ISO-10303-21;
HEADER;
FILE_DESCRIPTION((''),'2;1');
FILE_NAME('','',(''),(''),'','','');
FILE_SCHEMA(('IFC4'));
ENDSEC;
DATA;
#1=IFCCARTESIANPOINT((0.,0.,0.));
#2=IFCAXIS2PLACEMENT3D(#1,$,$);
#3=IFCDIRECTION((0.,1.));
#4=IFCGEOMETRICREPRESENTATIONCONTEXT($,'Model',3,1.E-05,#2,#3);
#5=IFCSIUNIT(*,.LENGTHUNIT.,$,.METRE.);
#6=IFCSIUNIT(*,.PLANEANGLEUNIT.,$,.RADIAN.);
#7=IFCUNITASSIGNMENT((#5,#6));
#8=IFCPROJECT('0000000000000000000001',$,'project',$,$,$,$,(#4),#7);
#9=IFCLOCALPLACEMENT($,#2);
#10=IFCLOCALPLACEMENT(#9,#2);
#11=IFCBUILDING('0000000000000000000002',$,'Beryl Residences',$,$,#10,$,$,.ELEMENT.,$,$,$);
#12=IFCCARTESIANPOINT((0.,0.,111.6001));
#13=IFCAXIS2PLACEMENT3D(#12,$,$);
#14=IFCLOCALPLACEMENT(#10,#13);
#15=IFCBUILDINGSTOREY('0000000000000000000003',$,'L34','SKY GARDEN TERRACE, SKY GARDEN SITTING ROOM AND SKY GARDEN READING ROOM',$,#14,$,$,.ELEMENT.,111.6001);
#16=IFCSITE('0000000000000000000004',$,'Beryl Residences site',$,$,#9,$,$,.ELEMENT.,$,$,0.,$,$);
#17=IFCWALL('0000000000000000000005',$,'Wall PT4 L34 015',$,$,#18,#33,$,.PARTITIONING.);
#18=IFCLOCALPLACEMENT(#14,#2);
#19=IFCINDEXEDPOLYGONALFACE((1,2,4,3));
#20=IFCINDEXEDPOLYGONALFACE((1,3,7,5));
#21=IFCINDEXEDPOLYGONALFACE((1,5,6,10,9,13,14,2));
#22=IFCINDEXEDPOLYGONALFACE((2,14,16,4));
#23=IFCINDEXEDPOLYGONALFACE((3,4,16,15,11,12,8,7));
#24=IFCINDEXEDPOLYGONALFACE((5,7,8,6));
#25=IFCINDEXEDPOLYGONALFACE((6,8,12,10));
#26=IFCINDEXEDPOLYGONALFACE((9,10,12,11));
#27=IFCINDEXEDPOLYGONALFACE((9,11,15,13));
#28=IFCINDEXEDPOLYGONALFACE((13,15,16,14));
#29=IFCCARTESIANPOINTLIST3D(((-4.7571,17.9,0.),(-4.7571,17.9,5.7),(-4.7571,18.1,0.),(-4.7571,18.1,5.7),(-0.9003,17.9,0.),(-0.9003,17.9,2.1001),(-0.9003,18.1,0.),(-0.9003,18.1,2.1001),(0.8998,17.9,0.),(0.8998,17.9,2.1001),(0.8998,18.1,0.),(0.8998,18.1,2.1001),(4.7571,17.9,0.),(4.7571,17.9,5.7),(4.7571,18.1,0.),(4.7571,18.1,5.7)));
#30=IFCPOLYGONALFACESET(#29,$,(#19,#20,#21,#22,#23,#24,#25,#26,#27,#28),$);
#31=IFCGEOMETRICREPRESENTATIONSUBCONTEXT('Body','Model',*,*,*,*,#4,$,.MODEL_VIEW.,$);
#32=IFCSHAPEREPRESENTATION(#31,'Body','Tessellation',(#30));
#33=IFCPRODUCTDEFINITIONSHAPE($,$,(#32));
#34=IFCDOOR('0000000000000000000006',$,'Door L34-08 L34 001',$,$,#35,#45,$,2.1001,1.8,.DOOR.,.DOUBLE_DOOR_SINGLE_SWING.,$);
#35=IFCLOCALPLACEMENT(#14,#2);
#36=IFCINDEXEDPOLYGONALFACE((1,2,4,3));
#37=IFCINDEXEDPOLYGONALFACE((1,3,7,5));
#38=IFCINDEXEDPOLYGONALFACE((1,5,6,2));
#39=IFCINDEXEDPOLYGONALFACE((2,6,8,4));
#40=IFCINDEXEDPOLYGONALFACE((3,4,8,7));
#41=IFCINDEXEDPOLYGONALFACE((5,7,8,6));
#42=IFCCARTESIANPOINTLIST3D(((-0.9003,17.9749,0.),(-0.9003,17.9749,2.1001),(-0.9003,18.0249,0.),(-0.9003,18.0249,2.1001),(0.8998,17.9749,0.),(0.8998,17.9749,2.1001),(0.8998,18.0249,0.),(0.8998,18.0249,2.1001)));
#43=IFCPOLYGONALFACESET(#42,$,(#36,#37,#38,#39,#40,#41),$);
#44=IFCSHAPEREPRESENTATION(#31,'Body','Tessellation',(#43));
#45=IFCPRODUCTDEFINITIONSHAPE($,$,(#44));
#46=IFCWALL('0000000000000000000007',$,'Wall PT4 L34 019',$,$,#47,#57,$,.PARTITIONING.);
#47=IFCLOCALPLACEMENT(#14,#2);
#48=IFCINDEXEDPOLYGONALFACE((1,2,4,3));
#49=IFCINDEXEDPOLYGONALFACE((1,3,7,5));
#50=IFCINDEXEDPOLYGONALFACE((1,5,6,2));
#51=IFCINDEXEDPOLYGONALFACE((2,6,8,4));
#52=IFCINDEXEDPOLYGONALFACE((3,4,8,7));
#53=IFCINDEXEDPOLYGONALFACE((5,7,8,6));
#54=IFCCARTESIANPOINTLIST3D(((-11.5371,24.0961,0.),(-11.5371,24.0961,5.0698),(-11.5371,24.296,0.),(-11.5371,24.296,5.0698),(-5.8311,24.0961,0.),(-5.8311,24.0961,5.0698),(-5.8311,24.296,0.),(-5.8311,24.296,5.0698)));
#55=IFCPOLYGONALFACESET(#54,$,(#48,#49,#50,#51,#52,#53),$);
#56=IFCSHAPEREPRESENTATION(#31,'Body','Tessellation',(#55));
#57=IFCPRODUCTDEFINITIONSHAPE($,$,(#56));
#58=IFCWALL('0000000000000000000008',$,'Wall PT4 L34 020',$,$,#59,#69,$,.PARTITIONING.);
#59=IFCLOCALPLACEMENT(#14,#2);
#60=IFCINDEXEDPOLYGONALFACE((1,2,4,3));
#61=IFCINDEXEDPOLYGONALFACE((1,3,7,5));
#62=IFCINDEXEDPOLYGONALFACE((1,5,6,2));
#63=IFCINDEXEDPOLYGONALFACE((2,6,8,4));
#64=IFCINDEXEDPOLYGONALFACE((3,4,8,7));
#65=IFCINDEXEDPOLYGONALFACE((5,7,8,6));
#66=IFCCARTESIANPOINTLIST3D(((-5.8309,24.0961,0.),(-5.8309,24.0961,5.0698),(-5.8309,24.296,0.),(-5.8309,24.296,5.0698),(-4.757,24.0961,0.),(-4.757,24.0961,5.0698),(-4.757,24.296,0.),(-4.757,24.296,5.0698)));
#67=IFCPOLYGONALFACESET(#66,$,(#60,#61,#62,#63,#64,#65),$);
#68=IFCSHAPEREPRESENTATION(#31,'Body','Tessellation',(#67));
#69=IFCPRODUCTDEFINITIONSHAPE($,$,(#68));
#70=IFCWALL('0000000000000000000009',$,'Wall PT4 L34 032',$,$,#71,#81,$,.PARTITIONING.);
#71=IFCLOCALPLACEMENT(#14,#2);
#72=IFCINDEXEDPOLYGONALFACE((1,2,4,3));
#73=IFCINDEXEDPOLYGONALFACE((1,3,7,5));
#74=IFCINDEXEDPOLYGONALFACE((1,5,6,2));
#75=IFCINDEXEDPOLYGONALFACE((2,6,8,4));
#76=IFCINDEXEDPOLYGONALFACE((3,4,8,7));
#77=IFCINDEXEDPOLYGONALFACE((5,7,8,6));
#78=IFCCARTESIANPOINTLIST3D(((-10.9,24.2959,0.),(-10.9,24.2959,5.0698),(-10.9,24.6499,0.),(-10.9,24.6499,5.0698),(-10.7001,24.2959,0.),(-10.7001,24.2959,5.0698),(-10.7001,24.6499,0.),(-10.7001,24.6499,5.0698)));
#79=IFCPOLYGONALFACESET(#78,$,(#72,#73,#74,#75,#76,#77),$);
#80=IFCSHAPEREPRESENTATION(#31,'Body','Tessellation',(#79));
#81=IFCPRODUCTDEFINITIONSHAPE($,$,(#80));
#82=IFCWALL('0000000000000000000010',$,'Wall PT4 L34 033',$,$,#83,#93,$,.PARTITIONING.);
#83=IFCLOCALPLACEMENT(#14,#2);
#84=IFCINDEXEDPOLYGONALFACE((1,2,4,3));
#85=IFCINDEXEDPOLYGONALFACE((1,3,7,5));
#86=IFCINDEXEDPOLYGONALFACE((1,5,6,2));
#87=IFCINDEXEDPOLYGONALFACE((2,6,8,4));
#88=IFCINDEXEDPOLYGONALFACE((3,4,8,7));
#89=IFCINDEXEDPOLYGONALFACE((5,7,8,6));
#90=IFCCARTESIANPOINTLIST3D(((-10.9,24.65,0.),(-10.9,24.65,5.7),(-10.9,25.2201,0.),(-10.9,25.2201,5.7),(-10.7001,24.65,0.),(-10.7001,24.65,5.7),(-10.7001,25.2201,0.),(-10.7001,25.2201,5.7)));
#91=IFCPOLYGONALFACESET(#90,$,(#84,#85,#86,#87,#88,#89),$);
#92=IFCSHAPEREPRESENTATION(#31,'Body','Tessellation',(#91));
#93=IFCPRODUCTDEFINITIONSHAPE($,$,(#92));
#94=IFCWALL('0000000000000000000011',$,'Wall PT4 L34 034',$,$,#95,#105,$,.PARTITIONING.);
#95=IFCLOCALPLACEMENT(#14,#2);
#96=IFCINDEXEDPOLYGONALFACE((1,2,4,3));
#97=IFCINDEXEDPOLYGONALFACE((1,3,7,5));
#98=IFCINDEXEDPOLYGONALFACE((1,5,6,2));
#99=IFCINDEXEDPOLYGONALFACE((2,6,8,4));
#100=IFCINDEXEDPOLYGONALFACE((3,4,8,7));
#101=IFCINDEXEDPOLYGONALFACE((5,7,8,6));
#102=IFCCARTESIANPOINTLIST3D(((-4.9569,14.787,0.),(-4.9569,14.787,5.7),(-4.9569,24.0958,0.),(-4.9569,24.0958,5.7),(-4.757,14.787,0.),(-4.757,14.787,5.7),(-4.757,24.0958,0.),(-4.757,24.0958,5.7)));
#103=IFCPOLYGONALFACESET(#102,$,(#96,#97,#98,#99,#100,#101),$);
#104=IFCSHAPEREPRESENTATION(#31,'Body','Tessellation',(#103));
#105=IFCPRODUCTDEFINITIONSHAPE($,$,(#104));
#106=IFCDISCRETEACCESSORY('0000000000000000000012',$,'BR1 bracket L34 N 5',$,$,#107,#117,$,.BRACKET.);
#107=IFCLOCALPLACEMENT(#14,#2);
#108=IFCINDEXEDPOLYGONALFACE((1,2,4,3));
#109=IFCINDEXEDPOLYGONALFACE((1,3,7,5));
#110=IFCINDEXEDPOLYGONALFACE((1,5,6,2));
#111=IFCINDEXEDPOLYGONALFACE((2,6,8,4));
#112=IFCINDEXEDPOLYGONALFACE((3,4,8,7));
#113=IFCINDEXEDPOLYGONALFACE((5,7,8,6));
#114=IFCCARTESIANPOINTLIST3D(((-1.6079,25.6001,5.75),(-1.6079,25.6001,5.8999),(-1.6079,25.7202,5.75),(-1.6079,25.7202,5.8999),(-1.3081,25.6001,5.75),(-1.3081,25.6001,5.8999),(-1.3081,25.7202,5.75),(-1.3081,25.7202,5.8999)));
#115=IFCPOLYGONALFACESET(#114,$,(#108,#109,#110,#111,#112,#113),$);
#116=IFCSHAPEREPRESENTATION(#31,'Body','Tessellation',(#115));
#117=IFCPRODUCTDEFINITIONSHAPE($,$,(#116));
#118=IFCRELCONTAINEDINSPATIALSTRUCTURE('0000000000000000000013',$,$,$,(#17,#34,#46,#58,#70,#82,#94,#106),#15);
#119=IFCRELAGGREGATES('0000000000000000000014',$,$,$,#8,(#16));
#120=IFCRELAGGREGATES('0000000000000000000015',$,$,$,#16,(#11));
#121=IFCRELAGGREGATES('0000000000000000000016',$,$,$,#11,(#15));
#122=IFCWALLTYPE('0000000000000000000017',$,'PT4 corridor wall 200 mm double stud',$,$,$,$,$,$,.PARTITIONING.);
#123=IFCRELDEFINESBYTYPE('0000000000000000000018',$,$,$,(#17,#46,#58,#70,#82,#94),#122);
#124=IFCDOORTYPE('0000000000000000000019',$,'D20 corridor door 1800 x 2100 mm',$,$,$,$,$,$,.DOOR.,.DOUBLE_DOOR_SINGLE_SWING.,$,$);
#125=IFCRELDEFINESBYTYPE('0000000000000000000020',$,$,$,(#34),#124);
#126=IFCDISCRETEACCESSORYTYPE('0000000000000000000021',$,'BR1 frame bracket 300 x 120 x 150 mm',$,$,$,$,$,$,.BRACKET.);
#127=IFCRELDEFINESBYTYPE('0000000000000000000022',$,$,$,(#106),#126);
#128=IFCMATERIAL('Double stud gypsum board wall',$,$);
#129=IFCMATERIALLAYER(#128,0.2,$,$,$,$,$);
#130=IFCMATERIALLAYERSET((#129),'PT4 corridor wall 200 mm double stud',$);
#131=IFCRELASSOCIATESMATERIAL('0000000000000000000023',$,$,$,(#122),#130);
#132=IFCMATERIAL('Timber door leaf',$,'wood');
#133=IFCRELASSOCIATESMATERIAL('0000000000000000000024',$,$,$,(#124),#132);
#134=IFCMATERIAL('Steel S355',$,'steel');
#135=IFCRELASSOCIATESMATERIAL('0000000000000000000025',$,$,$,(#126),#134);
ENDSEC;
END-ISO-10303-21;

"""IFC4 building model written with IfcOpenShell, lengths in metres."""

from ifc_helpers import new_model, si_unit, direction, frame, frame_2d, origin, place, context, subcontext, project, spatial, polyline, rectangle, outline, extrude, source, transform, mapped, material, layer, layer_set, type_object, type_shapes, element, fill, save


model = new_model("IFC4")

# Units and contexts
model_context = context("Model", 3, precision=1e-05, world=origin(), true_north=direction((0.0, 1.0)))
body_context = subcontext(model_context, "Body", "Model", "MODEL_VIEW")
ifc_project = project(units=[si_unit("LENGTHUNIT", "METRE"), si_unit("PLANEANGLEUNIT", "RADIAN")], contexts=[model_context])

# Site, building, storey
site_placement = place(None, origin())
site = spatial("IfcSite", under=ifc_project, at=site_placement, Name="Beryl Residences site", CompositionType="ELEMENT", RefElevation=0.0)
building_placement = place(site_placement, origin())
building = spatial("IfcBuilding", under=site, at=building_placement, Name="Beryl Residences", CompositionType="ELEMENT")
storey_placement = place(building_placement, frame((0.0, 0.0, 111.6001)))
storey = spatial("IfcBuildingStorey", under=building, at=storey_placement, Name="L34", Description="SKY GARDEN TERRACE, SKY GARDEN SITTING ROOM AND SKY GARDEN READING ROOM", CompositionType="ELEMENT", Elevation=111.6001)

# Wall, opening, door
ifc_material_1 = material(Name="Double stud gypsum board wall")
ifc_layer_1 = layer(ifc_material_1, 0.2)
ifc_layer_set_1 = layer_set([ifc_layer_1], Name="PT4 corridor wall 200 mm double stud")
wall_type_1 = type_object("IfcWallType", Name="PT4 corridor wall 200 mm double stud", PredefinedType="PARTITIONING", material=ifc_layer_set_1)
wall_1_placement = place(storey_placement, frame((-4.7571, 18.0, 0.0), z_axis=(0.0, 0.0, 1.0), x_axis=(1.0, 0.0, 0.0)))
wall_1 = element("IfcWall", 1, at=wall_1_placement, inside=storey, type_object=wall_type_1, Name="Wall PT4 L34 015", PredefinedType="PARTITIONING", context=body_context, shape_type="SweptSolid", body=[
    extrude(rectangle(XDim=9.5142, YDim=0.2, at=frame_2d((4.7571, 0.0))), origin(), (0.0, 0.0, 1.0), 5.7),
])
opening_placement = place(wall_1_placement, frame((3.8569, 0.0, 0.0)))
opening = element("IfcOpeningElement", 2, at=opening_placement, cuts=wall_1, PredefinedType="OPENING", context=body_context, shape_type="SweptSolid", body=[
    extrude(rectangle(XDim=1.8, YDim=2.1001, at=frame_2d((0.8999, 1.05))), frame((0.0, 0.1099, 0.0), z_axis=(0.0, -1.0, 0.0), x_axis=(1.0, 0.0, 0.0)), (0.0, 0.0, 1.0), 0.22),
])
ifc_material_2 = material(Name="Timber door leaf", Category="wood")
door_type = type_object("IfcDoorType", Name="D20 corridor door 1800 x 2100 mm", OperationType="DOUBLE_DOOR_SINGLE_SWING", PredefinedType="DOOR", material=ifc_material_2)
door_placement = place(opening_placement, origin())
door = element("IfcDoor", 3, at=door_placement, inside=storey, type_object=door_type, Name="Door L34-08 L34 001", OperationType="DOUBLE_DOOR_SINGLE_SWING", OverallHeight=2.1001, OverallWidth=1.8, PredefinedType="DOOR", context=body_context, shape_type="SweptSolid", body=[
    extrude(rectangle(XDim=1.8, YDim=2.1001, at=frame_2d((0.8999, 1.05))), frame((0.0, 0.0249, 0.0), z_axis=(0.0, -1.0, 0.0), x_axis=(1.0, 0.0, 0.0)), (0.0, 0.0, 1.0), 0.05),
])
fill(opening, door)

# Walls
wall_2_placement = place(storey_placement, frame((-11.5371, 24.196, 0.0), z_axis=(0.0, 0.0, 1.0), x_axis=(1.0, 0.0, 0.0)))
element("IfcWall", 4, at=wall_2_placement, inside=storey, type_object=wall_type_1, Name="Wall PT4 L34 019", PredefinedType="PARTITIONING", context=body_context, shape_type="SweptSolid", body=[
    extrude(rectangle(XDim=5.7061, YDim=0.2, at=frame_2d((2.853, 0.0))), origin(), (0.0, 0.0, 1.0), 5.0698),
])
wall_3_placement = place(storey_placement, frame((-5.8311, 24.196, 0.0), z_axis=(0.0, 0.0, 1.0), x_axis=(1.0, 0.0, 0.0)))
element("IfcWall", 5, at=wall_3_placement, inside=storey, type_object=wall_type_1, Name="Wall PT4 L34 020", PredefinedType="PARTITIONING", context=body_context, shape_type="SweptSolid", body=[
    extrude(rectangle(XDim=1.074, YDim=0.2, at=frame_2d((0.5371, 0.0))), origin(), (0.0, 0.0, 1.0), 5.0698),
])
wall_4_placement = place(storey_placement, frame((-10.8, 24.2959, 0.0), z_axis=(0.0, 0.0, 1.0), x_axis=(0.0, 1.0, 0.0)))
element("IfcWall", 6, at=wall_4_placement, inside=storey, type_object=wall_type_1, Name="Wall PT4 L34 032", PredefinedType="PARTITIONING", context=body_context, shape_type="SweptSolid", body=[
    extrude(rectangle(XDim=0.354, YDim=0.2, at=frame_2d((0.177, 0.0))), origin(), (0.0, 0.0, 1.0), 5.0698),
])
wall_5_placement = place(storey_placement, frame((-10.8, 24.6499, 0.0), z_axis=(0.0, 0.0, 1.0), x_axis=(0.0, 1.0, 0.0)))
element("IfcWall", 7, at=wall_5_placement, inside=storey, type_object=wall_type_1, Name="Wall PT4 L34 033", PredefinedType="PARTITIONING", context=body_context, shape_type="SweptSolid", body=[
    extrude(rectangle(XDim=0.5701, YDim=0.2, at=frame_2d((0.2852, 0.0))), origin(), (0.0, 0.0, 1.0), 5.7),
])
wall_6_placement = place(storey_placement, frame((-4.8569, 14.7871, 0.0), z_axis=(0.0, 0.0, 1.0), x_axis=(0.0, 1.0, 0.0)))
element("IfcWall", 8, at=wall_6_placement, inside=storey, type_object=wall_type_1, Name="Wall PT4 L34 034", PredefinedType="PARTITIONING", context=body_context, shape_type="SweptSolid", body=[
    extrude(rectangle(XDim=9.3088, YDim=0.2, at=frame_2d((4.6543, 0.0))), origin(), (0.0, 0.0, 1.0), 5.7),
])

# Discrete accessory
ifc_material_3 = material(Name="Steel S355", Category="steel")
discrete_accessory_type = type_object("IfcDiscreteAccessoryType", Name="BR1 frame bracket 300 x 120 x 150 mm", PredefinedType="BRACKET", material=ifc_material_3)
shared_shape_1 = source(origin(), body_context, "Body", "SweptSolid", [
    extrude(outline(polyline([(-0.1499, 0.0), (0.1499, 0.0), (0.1499, 0.1201), (-0.1499, 0.1201), (-0.1499, 0.0)])), origin(), (0.0, 0.0, 1.0), 0.1499),
])
type_shapes(discrete_accessory_type, [shared_shape_1])
discrete_accessory_placement = place(storey_placement, frame((-1.458, 25.6001, 5.75), z_axis=(0.0, 0.0, 1.0), x_axis=(1.0, 0.0, 0.0)))
element("IfcDiscreteAccessory", 9, at=discrete_accessory_placement, inside=storey, type_object=discrete_accessory_type, Name="BR1 bracket L34 N 5", PredefinedType="BRACKET", context=body_context, shape_type="MappedRepresentation", body=[
    mapped(shared_shape_1, transform((0.0, 0.0, 0.0))),
])

save(model, "model.ifc")
